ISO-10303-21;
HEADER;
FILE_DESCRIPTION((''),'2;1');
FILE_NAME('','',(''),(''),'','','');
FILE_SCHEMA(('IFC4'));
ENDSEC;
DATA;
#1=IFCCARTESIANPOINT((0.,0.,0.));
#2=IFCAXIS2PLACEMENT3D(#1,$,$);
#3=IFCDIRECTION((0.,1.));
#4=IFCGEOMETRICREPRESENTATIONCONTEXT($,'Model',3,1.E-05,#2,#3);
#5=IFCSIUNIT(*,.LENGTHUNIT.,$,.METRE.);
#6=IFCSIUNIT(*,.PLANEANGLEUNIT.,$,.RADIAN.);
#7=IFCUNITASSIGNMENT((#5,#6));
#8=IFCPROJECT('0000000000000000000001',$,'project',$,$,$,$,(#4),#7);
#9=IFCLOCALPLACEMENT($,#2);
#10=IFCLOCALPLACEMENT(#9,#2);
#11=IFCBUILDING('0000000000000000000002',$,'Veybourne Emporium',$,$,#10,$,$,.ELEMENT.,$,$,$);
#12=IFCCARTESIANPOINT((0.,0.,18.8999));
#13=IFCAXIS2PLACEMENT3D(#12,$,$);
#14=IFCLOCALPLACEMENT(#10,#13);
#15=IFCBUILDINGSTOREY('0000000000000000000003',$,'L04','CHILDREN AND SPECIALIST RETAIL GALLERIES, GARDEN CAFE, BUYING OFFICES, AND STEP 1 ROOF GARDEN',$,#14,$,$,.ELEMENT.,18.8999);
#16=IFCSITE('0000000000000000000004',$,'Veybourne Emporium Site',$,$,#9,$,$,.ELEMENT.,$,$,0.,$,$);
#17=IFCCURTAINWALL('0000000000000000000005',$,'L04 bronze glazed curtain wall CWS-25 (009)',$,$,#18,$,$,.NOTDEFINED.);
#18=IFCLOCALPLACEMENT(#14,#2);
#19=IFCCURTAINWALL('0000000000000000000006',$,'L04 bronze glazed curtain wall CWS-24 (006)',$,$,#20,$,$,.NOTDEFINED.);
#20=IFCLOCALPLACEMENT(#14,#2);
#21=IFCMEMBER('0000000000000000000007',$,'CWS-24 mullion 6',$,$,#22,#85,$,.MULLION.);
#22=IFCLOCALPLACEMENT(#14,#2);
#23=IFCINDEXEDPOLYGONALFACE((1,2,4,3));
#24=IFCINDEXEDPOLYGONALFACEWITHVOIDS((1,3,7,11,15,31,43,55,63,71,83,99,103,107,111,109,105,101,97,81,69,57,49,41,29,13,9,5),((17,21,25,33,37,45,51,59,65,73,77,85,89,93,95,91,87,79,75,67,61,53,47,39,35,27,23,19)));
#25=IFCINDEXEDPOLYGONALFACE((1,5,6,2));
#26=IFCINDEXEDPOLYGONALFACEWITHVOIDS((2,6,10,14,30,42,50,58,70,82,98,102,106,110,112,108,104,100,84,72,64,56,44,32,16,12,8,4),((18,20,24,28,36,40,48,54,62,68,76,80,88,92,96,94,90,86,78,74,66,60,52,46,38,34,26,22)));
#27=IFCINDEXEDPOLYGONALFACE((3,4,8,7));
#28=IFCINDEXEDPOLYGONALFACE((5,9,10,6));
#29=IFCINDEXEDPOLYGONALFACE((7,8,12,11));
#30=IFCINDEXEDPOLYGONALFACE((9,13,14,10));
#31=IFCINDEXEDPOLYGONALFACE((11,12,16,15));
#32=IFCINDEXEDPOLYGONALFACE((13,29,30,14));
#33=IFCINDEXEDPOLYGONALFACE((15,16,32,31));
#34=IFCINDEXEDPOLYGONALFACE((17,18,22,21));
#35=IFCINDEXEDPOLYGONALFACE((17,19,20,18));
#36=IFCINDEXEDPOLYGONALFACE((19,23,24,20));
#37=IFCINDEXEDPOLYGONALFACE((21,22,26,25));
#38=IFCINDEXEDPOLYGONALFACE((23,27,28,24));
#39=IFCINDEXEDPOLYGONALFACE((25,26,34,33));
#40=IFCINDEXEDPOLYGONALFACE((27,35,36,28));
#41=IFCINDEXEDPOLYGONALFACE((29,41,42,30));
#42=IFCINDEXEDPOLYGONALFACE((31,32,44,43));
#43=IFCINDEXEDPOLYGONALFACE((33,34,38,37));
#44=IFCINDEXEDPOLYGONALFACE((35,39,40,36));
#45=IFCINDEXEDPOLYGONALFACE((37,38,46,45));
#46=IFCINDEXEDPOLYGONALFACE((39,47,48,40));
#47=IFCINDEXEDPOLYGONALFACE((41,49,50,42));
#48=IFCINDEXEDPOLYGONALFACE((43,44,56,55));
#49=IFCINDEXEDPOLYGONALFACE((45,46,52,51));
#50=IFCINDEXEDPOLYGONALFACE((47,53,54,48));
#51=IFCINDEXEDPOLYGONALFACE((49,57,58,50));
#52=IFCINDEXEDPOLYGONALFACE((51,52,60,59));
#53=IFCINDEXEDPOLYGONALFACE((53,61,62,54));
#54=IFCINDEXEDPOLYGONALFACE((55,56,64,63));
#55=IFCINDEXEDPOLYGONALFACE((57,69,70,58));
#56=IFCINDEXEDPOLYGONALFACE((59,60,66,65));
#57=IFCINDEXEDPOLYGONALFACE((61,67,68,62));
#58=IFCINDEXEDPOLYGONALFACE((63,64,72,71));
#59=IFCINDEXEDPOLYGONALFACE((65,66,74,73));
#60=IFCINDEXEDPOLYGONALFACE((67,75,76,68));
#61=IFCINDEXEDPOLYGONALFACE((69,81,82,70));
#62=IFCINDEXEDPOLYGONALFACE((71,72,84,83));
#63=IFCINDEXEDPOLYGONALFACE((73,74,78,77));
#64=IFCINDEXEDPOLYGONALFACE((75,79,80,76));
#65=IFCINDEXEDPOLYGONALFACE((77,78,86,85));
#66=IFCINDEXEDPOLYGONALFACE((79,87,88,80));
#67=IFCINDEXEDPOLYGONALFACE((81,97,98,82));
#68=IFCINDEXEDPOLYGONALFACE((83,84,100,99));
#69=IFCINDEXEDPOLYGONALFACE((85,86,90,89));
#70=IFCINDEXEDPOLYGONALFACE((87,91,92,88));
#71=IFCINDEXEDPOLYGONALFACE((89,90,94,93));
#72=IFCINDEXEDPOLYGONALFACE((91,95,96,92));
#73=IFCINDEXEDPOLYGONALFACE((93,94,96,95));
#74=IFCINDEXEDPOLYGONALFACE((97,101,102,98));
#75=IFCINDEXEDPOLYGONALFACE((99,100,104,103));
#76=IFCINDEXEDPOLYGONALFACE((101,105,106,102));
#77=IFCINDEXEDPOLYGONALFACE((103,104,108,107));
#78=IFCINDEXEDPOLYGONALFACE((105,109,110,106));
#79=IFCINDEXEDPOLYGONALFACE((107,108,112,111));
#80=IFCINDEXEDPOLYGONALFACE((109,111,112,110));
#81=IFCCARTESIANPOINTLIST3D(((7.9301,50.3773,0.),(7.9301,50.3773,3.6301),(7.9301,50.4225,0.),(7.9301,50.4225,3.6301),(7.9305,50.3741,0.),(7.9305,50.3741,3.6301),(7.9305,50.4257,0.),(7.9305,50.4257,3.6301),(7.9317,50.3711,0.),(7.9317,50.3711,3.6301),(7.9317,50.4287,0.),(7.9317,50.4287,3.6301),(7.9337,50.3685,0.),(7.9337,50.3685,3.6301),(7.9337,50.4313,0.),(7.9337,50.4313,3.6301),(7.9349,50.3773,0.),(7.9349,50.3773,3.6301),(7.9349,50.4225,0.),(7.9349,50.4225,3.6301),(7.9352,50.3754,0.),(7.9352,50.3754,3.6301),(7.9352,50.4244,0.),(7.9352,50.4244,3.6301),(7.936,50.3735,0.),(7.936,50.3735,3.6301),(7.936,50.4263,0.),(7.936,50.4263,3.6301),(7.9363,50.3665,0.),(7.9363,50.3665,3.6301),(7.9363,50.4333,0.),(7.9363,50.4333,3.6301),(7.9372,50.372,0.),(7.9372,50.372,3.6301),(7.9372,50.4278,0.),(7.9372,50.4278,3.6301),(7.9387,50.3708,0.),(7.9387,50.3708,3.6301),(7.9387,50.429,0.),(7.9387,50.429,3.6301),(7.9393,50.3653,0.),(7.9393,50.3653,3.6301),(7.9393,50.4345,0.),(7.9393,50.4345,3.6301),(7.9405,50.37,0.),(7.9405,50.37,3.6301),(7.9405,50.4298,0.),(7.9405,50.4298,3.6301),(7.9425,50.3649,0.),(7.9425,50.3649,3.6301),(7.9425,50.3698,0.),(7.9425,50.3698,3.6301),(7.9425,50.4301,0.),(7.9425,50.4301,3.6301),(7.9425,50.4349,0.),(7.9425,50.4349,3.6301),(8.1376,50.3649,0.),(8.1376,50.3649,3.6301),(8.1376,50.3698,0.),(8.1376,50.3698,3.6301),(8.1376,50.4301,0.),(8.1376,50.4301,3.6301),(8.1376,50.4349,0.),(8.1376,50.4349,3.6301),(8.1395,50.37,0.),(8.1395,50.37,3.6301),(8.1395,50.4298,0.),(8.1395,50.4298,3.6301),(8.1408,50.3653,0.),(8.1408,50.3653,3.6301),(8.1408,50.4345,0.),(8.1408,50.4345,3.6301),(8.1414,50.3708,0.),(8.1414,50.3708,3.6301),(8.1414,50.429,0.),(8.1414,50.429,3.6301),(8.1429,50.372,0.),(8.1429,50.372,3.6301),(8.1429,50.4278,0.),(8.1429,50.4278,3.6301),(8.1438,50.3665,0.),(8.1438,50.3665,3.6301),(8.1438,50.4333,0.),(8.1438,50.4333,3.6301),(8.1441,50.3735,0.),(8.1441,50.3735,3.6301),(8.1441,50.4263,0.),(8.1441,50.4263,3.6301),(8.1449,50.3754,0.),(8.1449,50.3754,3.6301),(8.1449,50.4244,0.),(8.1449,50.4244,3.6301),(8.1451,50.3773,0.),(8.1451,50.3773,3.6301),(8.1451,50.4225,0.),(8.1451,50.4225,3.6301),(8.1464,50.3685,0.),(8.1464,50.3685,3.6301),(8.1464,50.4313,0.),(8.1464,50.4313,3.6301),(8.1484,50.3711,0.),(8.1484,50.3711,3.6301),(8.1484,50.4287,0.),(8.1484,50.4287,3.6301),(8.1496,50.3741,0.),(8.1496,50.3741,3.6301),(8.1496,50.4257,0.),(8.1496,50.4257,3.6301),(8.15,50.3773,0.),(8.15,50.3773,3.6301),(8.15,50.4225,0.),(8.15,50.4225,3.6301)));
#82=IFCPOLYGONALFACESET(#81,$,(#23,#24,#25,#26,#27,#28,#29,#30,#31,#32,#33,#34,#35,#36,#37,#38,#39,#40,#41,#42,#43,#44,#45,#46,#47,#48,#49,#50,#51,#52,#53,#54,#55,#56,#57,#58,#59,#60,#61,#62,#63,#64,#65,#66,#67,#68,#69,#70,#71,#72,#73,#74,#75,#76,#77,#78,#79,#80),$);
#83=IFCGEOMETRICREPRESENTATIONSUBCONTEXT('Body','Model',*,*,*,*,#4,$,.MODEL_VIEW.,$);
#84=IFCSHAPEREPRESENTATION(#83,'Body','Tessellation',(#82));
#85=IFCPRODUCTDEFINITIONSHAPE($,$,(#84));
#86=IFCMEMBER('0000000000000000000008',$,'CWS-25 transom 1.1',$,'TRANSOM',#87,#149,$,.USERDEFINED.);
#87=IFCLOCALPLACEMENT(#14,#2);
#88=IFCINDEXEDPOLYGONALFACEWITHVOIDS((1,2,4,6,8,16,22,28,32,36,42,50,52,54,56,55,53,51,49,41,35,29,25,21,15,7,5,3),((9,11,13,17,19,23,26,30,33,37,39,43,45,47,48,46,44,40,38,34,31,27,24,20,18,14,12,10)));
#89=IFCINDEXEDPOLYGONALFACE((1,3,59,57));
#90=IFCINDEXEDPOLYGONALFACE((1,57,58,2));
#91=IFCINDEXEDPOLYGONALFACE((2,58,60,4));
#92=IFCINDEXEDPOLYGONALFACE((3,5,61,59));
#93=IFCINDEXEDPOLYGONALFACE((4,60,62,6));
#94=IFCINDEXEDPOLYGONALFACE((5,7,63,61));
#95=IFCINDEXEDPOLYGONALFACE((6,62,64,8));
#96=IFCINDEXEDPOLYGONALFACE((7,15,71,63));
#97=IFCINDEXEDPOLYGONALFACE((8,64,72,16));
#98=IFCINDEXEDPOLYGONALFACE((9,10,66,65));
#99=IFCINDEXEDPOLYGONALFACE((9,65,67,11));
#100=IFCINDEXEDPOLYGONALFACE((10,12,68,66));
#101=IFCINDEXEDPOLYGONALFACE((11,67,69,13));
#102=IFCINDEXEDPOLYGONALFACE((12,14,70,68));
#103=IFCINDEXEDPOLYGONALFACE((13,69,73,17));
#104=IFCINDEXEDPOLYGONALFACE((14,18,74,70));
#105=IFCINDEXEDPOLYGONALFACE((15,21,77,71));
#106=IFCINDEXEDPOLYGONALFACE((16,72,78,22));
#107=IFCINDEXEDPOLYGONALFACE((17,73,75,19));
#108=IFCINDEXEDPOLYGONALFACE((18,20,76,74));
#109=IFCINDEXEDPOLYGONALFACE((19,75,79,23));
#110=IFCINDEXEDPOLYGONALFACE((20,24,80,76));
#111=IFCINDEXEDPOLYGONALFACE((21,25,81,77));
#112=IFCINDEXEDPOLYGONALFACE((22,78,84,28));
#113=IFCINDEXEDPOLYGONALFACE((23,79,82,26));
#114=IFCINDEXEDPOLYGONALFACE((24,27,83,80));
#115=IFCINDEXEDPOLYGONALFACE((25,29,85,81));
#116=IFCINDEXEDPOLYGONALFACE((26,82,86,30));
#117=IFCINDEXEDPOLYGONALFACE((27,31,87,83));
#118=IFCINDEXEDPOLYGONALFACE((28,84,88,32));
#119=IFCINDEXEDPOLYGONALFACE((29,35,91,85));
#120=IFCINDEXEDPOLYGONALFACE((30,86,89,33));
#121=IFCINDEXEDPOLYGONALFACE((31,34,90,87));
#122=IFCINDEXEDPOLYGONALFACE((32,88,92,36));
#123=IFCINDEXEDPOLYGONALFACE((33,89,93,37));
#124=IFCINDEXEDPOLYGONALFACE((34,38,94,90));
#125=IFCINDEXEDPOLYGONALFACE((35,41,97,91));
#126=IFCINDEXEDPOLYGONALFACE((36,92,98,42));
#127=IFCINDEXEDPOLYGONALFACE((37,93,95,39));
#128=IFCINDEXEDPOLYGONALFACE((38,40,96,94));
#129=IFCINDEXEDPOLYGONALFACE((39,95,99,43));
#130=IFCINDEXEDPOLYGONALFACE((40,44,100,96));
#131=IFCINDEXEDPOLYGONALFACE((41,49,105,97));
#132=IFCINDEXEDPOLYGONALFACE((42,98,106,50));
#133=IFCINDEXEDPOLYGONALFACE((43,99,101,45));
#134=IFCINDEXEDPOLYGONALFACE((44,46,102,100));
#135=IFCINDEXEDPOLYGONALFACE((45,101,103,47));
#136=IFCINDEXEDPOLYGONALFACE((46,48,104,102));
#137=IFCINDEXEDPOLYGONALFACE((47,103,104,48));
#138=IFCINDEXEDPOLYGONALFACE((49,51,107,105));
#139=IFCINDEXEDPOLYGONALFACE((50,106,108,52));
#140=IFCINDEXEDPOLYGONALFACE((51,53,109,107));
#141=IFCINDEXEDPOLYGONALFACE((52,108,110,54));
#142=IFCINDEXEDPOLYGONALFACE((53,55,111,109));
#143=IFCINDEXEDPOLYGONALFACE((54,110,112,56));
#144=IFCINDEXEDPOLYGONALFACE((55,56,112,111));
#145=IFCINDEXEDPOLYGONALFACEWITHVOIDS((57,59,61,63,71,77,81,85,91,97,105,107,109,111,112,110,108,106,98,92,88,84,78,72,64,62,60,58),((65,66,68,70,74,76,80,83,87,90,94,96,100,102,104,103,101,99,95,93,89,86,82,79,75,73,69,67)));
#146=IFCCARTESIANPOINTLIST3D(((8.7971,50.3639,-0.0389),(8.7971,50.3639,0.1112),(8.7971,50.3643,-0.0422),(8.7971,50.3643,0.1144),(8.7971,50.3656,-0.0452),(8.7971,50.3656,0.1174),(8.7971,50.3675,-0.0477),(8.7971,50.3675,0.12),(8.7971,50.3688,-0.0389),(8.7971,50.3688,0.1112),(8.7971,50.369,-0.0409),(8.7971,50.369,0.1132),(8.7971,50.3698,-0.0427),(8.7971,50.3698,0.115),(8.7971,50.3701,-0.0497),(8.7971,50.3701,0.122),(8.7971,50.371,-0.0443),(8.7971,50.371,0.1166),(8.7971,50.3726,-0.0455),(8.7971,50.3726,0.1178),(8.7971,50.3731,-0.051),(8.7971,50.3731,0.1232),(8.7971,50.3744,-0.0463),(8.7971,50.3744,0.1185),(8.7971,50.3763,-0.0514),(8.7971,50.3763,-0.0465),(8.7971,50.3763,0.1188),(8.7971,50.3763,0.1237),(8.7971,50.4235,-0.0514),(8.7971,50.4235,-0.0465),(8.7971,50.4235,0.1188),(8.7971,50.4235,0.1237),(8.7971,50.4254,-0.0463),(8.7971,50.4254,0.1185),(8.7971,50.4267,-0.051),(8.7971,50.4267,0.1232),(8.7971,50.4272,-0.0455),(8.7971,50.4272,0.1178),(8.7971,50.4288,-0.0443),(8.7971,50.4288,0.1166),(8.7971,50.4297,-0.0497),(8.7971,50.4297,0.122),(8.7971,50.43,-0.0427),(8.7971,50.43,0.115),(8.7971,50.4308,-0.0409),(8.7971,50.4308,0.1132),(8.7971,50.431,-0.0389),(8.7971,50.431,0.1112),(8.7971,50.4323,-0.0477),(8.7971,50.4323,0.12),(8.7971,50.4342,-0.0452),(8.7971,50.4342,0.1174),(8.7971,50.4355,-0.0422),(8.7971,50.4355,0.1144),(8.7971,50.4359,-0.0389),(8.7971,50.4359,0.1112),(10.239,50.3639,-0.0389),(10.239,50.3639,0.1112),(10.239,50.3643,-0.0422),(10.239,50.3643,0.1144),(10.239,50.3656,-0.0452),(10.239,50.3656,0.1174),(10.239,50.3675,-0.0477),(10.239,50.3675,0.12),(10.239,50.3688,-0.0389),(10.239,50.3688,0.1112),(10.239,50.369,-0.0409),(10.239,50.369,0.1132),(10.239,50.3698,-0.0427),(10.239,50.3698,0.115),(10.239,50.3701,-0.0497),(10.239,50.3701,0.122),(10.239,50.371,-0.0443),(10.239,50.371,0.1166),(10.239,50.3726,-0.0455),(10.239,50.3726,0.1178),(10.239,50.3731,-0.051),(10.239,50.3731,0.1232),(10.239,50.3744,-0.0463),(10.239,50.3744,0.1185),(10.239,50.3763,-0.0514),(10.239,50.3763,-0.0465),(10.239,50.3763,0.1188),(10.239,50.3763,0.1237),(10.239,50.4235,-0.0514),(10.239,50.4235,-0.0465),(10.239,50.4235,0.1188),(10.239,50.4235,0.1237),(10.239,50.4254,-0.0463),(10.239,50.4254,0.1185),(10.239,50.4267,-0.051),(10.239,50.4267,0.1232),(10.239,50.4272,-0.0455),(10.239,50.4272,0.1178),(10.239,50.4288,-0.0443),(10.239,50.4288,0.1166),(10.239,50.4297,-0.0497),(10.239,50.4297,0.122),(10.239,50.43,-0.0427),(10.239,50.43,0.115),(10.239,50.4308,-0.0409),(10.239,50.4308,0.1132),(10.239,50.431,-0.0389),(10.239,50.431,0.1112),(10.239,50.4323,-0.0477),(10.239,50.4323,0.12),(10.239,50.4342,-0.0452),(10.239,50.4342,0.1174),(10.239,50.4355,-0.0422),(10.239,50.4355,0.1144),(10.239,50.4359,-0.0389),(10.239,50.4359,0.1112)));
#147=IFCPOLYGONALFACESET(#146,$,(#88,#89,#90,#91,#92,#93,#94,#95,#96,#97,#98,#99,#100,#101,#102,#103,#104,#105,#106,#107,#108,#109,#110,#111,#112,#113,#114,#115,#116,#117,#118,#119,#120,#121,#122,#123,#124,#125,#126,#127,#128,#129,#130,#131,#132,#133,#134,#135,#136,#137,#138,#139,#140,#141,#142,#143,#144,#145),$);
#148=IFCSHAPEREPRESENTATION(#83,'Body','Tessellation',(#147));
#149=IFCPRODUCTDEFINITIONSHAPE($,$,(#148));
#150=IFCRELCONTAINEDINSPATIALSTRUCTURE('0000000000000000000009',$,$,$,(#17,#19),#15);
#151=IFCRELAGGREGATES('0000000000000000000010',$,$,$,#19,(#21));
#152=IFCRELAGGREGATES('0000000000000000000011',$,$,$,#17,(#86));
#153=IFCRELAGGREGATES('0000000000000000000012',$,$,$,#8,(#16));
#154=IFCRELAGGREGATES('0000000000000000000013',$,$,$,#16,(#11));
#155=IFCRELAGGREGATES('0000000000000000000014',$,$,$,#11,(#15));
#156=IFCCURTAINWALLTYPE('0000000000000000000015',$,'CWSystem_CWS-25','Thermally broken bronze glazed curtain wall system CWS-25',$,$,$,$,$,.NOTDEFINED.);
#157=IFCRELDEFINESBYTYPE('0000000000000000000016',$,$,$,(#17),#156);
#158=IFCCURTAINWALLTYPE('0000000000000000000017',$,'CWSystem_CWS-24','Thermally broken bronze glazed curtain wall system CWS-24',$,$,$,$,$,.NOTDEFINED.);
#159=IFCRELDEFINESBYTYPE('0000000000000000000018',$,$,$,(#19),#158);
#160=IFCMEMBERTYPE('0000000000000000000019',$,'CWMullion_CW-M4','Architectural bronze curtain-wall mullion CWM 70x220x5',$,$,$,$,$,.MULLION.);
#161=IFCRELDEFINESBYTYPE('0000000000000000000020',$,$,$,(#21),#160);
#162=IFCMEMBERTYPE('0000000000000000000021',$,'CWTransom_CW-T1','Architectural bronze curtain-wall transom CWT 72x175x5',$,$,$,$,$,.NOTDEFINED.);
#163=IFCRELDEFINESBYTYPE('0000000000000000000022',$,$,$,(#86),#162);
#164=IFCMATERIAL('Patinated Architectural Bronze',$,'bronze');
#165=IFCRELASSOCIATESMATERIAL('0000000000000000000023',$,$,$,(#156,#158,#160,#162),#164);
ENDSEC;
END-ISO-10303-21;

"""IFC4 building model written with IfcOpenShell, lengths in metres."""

from ifc_helpers import new_model, si_unit, direction, frame, origin, origin_2d, place, context, subcontext, project, spatial, hollow_rectangle, extrude, material, material_profile, profile_set, type_object, element, aggregate, save


model = new_model("IFC4")

# Units and contexts
model_context = context("Model", 3, precision=1e-05, world=origin(), true_north=direction((0.0, 1.0)))
body_context = subcontext(model_context, "Body", "Model", "MODEL_VIEW")
ifc_project = project(units=[si_unit("LENGTHUNIT", "METRE"), si_unit("PLANEANGLEUNIT", "RADIAN")], contexts=[model_context])

# Site, building, storey
site_placement = place(None, origin())
site = spatial("IfcSite", under=ifc_project, at=site_placement, Name="Veybourne Emporium Site", CompositionType="ELEMENT", RefElevation=0.0)
building_placement = place(site_placement, origin())
building = spatial("IfcBuilding", under=site, at=building_placement, Name="Veybourne Emporium", CompositionType="ELEMENT")
storey_placement = place(building_placement, frame((0.0, 0.0, 18.8999)))
storey = spatial("IfcBuildingStorey", under=building, at=storey_placement, Name="L04", Description="CHILDREN AND SPECIALIST RETAIL GALLERIES, GARDEN CAFE, BUYING OFFICES, AND STEP 1 ROOF GARDEN", CompositionType="ELEMENT", Elevation=18.8999)

# Curtain wall
ifc_material_1 = material(Name="Patinated Architectural Bronze", Category="bronze")
curtain_wall_type_1 = type_object("IfcCurtainWallType", Name="CWSystem_CWS-25", Description="Thermally broken bronze glazed curtain wall system CWS-25", PredefinedType="NOTDEFINED", material=ifc_material_1)
curtain_wall_1_placement = place(storey_placement, origin())
curtain_wall_1 = element("IfcCurtainWall", 1, at=curtain_wall_1_placement, inside=storey, type_object=curtain_wall_type_1, Name="L04 bronze glazed curtain wall CWS-25 (009)", PredefinedType="NOTDEFINED")

# Curtain wall, member
curtain_wall_type_2 = type_object("IfcCurtainWallType", Name="CWSystem_CWS-24", Description="Thermally broken bronze glazed curtain wall system CWS-24", PredefinedType="NOTDEFINED", material=ifc_material_1)
curtain_wall_2_placement = place(storey_placement, origin())
curtain_wall_2 = element("IfcCurtainWall", 2, at=curtain_wall_2_placement, inside=storey, type_object=curtain_wall_type_2, Name="L04 bronze glazed curtain wall CWS-24 (006)", PredefinedType="NOTDEFINED")
ifc_material_profile_1 = material_profile(ifc_material_1, hollow_rectangle(XDim=0.0701, YDim=0.22, WallThickness=0.0049, InnerFilletRadius=0.0076, OuterFilletRadius=0.0125, at=origin_2d()), Name="CWM 70x220x5")
ifc_profile_set_1 = profile_set([ifc_material_profile_1], Name="Patinated Architectural Bronze")
member_type_1 = type_object("IfcMemberType", Name="CWMullion_CW-M4", Description="Architectural bronze curtain-wall mullion CWM 70x220x5", PredefinedType="MULLION", material=ifc_profile_set_1)
member_1_placement = place(storey_placement, frame((8.04, 50.3999, 0.0), z_axis=(0.0, 0.0, 1.0), x_axis=(0.0, 1.0, 0.0)))
member_1 = element("IfcMember", 3, at=member_1_placement, type_object=member_type_1, Name="CWS-24 mullion 6", PredefinedType="MULLION", context=body_context, shape_type="SweptSolid", body=[
    extrude(hollow_rectangle(XDim=0.0701, YDim=0.22, WallThickness=0.0049, InnerFilletRadius=0.0076, OuterFilletRadius=0.0125, at=origin_2d()), origin(), (0.0, 0.0, 1.0), 3.6301),
])

# Member
ifc_material_profile_2 = material_profile(ifc_material_1, hollow_rectangle(XDim=0.072, YDim=0.175, WallThickness=0.0049, InnerFilletRadius=0.0076, OuterFilletRadius=0.0125, at=origin_2d()), Name="CWT 72x175x5")
ifc_profile_set_2 = profile_set([ifc_material_profile_2], Name="Patinated Architectural Bronze")
member_type_2 = type_object("IfcMemberType", Name="CWTransom_CW-T1", Description="Architectural bronze curtain-wall transom CWT 72x175x5", PredefinedType="NOTDEFINED", material=ifc_profile_set_2)
member_2_placement = place(storey_placement, frame((8.7971, 50.3999, 0.0361), z_axis=(1.0, 0.0, 0.0), x_axis=(0.0, 1.0, 0.0)))
member_2 = element("IfcMember", 4, at=member_2_placement, type_object=member_type_2, Name="CWS-25 transom 1.1", ObjectType="TRANSOM", PredefinedType="USERDEFINED", context=body_context, shape_type="SweptSolid", body=[
    extrude(hollow_rectangle(XDim=0.072, YDim=0.175, WallThickness=0.0049, InnerFilletRadius=0.0076, OuterFilletRadius=0.0125, at=origin_2d()), origin(), (0.0, 0.0, 1.0), 1.4419),
])

aggregate(curtain_wall_2, [member_1])
aggregate(curtain_wall_1, [member_2])

save(model, "model.ifc")
